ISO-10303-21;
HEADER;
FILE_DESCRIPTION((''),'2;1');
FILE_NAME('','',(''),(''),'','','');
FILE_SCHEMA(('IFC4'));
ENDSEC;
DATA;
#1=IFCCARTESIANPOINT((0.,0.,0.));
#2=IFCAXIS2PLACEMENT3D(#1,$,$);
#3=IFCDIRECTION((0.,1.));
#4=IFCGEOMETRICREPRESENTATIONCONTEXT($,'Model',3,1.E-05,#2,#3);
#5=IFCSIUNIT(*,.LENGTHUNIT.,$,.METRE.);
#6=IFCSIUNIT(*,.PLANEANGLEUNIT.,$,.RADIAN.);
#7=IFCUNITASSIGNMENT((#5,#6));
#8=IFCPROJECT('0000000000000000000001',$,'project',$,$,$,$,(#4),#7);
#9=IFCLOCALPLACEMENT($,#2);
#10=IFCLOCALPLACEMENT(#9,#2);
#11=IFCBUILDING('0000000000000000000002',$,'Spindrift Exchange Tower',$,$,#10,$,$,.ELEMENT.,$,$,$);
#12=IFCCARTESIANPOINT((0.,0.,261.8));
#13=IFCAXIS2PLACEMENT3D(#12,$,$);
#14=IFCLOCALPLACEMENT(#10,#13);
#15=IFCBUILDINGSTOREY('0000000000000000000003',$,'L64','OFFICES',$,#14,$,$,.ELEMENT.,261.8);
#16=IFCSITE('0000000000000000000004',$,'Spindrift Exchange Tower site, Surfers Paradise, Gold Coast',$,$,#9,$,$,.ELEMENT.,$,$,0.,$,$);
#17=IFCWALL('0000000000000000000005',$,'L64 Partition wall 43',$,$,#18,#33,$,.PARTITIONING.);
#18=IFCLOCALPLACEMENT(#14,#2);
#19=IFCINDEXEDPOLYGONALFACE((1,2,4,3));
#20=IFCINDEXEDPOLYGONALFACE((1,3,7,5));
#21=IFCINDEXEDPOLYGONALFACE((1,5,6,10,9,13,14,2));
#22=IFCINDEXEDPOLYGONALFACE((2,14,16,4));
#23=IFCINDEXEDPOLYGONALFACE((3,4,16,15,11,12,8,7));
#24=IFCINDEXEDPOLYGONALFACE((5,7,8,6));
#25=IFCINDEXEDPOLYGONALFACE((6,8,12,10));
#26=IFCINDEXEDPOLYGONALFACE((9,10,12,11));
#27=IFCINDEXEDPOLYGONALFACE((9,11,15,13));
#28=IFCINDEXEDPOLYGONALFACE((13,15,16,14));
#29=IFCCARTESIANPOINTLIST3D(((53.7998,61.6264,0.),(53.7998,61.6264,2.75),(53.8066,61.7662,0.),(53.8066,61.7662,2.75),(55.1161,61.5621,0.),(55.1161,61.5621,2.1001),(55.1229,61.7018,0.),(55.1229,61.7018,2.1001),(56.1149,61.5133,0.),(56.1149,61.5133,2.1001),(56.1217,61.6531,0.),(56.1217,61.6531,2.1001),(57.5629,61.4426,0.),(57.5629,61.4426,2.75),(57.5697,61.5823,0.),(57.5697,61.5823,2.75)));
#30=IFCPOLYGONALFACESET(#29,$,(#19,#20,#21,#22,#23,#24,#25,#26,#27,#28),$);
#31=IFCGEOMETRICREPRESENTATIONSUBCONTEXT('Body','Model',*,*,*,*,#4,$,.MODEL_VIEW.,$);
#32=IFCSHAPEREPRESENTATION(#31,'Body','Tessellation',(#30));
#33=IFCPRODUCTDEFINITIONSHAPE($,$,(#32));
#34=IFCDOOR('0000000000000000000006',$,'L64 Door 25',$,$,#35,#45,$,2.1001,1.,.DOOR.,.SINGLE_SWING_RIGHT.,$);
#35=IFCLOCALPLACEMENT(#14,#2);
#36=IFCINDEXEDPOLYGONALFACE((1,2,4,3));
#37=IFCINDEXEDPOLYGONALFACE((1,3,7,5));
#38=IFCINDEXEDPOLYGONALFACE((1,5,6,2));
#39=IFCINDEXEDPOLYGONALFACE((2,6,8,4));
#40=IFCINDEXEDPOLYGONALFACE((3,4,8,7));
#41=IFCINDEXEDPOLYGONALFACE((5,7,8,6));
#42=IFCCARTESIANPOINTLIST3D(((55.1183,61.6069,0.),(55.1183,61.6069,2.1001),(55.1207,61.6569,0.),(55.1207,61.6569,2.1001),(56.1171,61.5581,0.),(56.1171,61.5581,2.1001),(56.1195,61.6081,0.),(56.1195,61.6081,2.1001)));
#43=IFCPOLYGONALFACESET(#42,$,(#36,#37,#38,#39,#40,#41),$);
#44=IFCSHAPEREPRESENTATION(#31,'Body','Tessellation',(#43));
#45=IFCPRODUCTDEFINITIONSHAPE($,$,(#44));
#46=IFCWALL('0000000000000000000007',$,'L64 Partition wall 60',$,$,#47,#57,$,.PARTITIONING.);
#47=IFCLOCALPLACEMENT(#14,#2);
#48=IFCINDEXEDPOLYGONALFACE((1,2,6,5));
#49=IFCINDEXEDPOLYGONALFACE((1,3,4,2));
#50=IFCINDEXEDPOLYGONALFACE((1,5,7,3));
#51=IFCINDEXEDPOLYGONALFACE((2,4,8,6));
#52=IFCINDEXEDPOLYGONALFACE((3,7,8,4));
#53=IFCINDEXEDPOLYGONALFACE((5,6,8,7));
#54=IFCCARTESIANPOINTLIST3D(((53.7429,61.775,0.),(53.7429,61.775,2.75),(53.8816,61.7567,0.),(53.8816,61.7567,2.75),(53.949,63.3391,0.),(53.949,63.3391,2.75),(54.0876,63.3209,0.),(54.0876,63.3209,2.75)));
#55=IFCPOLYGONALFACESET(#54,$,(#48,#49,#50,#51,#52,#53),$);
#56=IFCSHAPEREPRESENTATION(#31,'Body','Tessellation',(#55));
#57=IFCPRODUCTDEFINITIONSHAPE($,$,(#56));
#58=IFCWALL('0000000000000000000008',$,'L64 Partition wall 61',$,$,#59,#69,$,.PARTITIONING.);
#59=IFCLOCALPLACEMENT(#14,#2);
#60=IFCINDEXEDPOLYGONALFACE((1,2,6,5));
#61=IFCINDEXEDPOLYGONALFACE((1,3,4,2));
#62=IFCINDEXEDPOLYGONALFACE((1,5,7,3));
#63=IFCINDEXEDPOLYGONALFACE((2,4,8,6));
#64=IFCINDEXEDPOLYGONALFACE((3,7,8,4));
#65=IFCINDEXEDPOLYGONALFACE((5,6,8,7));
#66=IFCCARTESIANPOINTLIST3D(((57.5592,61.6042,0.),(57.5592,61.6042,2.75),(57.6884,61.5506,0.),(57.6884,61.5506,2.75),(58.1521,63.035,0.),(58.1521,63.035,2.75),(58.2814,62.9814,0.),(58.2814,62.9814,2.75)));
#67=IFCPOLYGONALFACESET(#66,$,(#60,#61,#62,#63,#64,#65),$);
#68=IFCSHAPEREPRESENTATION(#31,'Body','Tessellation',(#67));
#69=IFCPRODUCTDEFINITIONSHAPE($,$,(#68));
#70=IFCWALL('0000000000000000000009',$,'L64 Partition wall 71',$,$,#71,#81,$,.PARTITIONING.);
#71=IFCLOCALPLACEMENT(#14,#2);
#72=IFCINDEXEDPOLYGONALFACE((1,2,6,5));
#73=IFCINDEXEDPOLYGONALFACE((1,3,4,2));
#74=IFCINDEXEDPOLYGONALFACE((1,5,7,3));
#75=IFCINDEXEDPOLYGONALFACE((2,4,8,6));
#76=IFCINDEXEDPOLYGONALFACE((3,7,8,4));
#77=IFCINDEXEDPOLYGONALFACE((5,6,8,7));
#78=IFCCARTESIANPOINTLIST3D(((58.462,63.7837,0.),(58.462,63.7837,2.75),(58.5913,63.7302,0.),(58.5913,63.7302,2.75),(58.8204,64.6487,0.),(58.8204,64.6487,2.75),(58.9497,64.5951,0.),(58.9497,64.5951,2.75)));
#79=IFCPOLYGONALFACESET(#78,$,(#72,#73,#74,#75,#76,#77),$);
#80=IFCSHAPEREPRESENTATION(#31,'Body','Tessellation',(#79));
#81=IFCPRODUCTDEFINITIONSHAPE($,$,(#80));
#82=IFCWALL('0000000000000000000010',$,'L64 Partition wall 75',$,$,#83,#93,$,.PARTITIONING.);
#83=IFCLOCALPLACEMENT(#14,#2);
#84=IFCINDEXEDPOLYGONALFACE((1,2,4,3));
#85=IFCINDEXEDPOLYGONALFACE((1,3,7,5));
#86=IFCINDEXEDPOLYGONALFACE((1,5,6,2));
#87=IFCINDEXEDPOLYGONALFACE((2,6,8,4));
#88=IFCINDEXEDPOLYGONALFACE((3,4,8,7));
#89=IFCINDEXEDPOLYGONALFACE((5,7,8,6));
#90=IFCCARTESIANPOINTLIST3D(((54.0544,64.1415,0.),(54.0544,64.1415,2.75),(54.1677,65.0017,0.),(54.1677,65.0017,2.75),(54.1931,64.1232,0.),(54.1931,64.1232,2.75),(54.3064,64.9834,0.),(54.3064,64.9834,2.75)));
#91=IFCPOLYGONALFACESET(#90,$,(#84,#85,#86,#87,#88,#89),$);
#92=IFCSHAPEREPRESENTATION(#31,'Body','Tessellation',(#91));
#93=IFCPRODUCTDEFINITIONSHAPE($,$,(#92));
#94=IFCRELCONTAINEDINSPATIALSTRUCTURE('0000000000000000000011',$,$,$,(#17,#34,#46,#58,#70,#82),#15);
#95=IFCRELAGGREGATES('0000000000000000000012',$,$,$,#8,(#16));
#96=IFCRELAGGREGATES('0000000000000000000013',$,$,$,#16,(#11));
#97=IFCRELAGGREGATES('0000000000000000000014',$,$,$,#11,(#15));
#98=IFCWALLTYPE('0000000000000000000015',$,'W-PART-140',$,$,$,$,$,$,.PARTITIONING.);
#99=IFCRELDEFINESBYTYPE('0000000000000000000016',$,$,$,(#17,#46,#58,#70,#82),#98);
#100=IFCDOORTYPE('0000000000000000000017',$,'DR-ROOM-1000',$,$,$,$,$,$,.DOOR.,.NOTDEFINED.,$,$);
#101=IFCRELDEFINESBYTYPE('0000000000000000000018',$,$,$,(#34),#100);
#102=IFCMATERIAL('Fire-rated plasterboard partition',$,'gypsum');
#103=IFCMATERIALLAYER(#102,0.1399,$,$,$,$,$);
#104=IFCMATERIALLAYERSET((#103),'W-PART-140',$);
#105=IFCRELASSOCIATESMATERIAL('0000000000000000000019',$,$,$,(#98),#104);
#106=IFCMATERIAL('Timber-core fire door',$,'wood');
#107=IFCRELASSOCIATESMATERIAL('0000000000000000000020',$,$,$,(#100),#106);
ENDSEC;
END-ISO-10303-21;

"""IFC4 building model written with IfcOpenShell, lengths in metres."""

from ifc_helpers import new_model, si_unit, direction, frame, frame_2d, origin, place, context, subcontext, project, spatial, rectangle, extrude, source, transform, mapped, material, layer, layer_set, type_object, element, fill, save


model = new_model("IFC4")

# Units and contexts
model_context = context("Model", 3, precision=1e-05, world=origin(), true_north=direction((0.0, 1.0)))
body_context = subcontext(model_context, "Body", "Model", "MODEL_VIEW")
ifc_project = project(units=[si_unit("LENGTHUNIT", "METRE"), si_unit("PLANEANGLEUNIT", "RADIAN")], contexts=[model_context])

# Site, building, storey
site_placement = place(None, origin())
site = spatial("IfcSite", under=ifc_project, at=site_placement, Name="Spindrift Exchange Tower site, Surfers Paradise, Gold Coast", CompositionType="ELEMENT", RefElevation=0.0)
building_placement = place(site_placement, origin())
building = spatial("IfcBuilding", under=site, at=building_placement, Name="Spindrift Exchange Tower", CompositionType="ELEMENT")
storey_placement = place(building_placement, frame((0.0, 0.0, 261.8)))
storey = spatial("IfcBuildingStorey", under=building, at=storey_placement, Name="L64", Description="OFFICES", CompositionType="ELEMENT", Elevation=261.8)

# Wall, opening, door
ifc_material_1 = material(Name="Fire-rated plasterboard partition", Category="gypsum")
ifc_layer_1 = layer(ifc_material_1, 0.1399)
ifc_layer_set_1 = layer_set([ifc_layer_1], Name="W-PART-140")
wall_type = type_object("IfcWallType", Name="W-PART-140", PredefinedType="PARTITIONING", material=ifc_layer_set_1)
ifc_material_2 = material(Name="Timber-core fire door", Category="wood")
door_type = type_object("IfcDoorType", Name="DR-ROOM-1000", OperationType="NOTDEFINED", PredefinedType="DOOR", material=ifc_material_2)
shared_shape_1 = source(origin(), body_context, "Body", "SweptSolid", [
    extrude(rectangle(XDim=1.0, YDim=2.1001, at=frame_2d((0.5, 1.05))), frame((0.0, 0.0249, 0.0), z_axis=(0.0, -1.0, 0.0), x_axis=(1.0, 0.0, 0.0)), (0.0, 0.0, 1.0), 0.05),
])
wall_1_placement = place(storey_placement, frame((53.8032, 61.6963, 0.0), z_axis=(0.0, 0.0, 1.0), x_axis=(0.998809, -0.048794, 0.0)))
wall_1 = element("IfcWall", 1, at=wall_1_placement, inside=storey, type_object=wall_type, Name="L64 Partition wall 43", PredefinedType="PARTITIONING", context=body_context, shape_type="SweptSolid", body=[
    extrude(rectangle(XDim=3.7676, YDim=0.1399, at=frame_2d((1.8838, 0.0))), origin(), (0.0, 0.0, 1.0), 2.75),
])
opening_1_placement = place(wall_1_placement, frame((1.3179, 0.0, 0.0)))
opening_1 = element("IfcOpeningElement", 2, at=opening_1_placement, cuts=wall_1, PredefinedType="OPENING", context=body_context, shape_type="SweptSolid", body=[
    extrude(rectangle(XDim=1.0, YDim=2.1001, at=frame_2d((0.5, 1.05))), frame((0.0, 0.0798, 0.0), z_axis=(0.0, -1.0, 0.0), x_axis=(1.0, 0.0, 0.0)), (0.0, 0.0, 1.0), 0.1599),
])
door_1_placement = place(opening_1_placement, origin())
door_1 = element("IfcDoor", 3, at=door_1_placement, inside=storey, type_object=door_type, Name="L64 Door 25", OperationType="SINGLE_SWING_RIGHT", OverallHeight=2.1001, OverallWidth=1.0, PredefinedType="DOOR", context=body_context, shape_type="MappedRepresentation", body=[
    mapped(shared_shape_1, transform((0.0, 0.0, 0.0), scale=1.0)),
])
fill(opening_1, door_1)

# Walls
wall_2_placement = place(storey_placement, frame((53.8123, 61.7659, 0.0), z_axis=(0.0, 0.0, 1.0), x_axis=(0.130603, 0.991435, 0.0)))
element("IfcWall", 4, at=wall_2_placement, inside=storey, type_object=wall_type, Name="L64 Partition wall 60", PredefinedType="PARTITIONING", context=body_context, shape_type="SweptSolid", body=[
    extrude(rectangle(XDim=1.5776, YDim=0.1399, at=frame_2d((0.7888, 0.0))), origin(), (0.0, 0.0, 1.0), 2.75),
])
wall_3_placement = place(storey_placement, frame((57.6238, 61.5774, 0.0), z_axis=(0.0, 0.0, 1.0), x_axis=(0.382858, 0.923807, 0.0)))
element("IfcWall", 5, at=wall_3_placement, inside=storey, type_object=wall_type, Name="L64 Partition wall 61", PredefinedType="PARTITIONING", context=body_context, shape_type="SweptSolid", body=[
    extrude(rectangle(XDim=1.5488, YDim=0.1399, at=frame_2d((0.7744, 0.0))), origin(), (0.0, 0.0, 1.0), 2.75),
])
wall_4_placement = place(storey_placement, frame((58.5266, 63.7568, 0.0), z_axis=(0.0, 0.0, 1.0), x_axis=(0.382782, 0.923839, 0.0)))
element("IfcWall", 6, at=wall_4_placement, inside=storey, type_object=wall_type, Name="L64 Partition wall 71", PredefinedType="PARTITIONING", context=body_context, shape_type="SweptSolid", body=[
    extrude(rectangle(XDim=0.9363, YDim=0.1399, at=frame_2d((0.4683, 0.0))), origin(), (0.0, 0.0, 1.0), 2.75),
])
wall_5_placement = place(storey_placement, frame((54.1238, 64.1323, 0.0), z_axis=(0.0, 0.0, 1.0), x_axis=(0.130542, 0.991443, 0.0)))
element("IfcWall", 7, at=wall_5_placement, inside=storey, type_object=wall_type, Name="L64 Partition wall 75", PredefinedType="PARTITIONING", context=body_context, shape_type="SweptSolid", body=[
    extrude(rectangle(XDim=0.8677, YDim=0.1399, at=frame_2d((0.4338, 0.0))), origin(), (0.0, 0.0, 1.0), 2.75),
])

save(model, "model.ifc")
